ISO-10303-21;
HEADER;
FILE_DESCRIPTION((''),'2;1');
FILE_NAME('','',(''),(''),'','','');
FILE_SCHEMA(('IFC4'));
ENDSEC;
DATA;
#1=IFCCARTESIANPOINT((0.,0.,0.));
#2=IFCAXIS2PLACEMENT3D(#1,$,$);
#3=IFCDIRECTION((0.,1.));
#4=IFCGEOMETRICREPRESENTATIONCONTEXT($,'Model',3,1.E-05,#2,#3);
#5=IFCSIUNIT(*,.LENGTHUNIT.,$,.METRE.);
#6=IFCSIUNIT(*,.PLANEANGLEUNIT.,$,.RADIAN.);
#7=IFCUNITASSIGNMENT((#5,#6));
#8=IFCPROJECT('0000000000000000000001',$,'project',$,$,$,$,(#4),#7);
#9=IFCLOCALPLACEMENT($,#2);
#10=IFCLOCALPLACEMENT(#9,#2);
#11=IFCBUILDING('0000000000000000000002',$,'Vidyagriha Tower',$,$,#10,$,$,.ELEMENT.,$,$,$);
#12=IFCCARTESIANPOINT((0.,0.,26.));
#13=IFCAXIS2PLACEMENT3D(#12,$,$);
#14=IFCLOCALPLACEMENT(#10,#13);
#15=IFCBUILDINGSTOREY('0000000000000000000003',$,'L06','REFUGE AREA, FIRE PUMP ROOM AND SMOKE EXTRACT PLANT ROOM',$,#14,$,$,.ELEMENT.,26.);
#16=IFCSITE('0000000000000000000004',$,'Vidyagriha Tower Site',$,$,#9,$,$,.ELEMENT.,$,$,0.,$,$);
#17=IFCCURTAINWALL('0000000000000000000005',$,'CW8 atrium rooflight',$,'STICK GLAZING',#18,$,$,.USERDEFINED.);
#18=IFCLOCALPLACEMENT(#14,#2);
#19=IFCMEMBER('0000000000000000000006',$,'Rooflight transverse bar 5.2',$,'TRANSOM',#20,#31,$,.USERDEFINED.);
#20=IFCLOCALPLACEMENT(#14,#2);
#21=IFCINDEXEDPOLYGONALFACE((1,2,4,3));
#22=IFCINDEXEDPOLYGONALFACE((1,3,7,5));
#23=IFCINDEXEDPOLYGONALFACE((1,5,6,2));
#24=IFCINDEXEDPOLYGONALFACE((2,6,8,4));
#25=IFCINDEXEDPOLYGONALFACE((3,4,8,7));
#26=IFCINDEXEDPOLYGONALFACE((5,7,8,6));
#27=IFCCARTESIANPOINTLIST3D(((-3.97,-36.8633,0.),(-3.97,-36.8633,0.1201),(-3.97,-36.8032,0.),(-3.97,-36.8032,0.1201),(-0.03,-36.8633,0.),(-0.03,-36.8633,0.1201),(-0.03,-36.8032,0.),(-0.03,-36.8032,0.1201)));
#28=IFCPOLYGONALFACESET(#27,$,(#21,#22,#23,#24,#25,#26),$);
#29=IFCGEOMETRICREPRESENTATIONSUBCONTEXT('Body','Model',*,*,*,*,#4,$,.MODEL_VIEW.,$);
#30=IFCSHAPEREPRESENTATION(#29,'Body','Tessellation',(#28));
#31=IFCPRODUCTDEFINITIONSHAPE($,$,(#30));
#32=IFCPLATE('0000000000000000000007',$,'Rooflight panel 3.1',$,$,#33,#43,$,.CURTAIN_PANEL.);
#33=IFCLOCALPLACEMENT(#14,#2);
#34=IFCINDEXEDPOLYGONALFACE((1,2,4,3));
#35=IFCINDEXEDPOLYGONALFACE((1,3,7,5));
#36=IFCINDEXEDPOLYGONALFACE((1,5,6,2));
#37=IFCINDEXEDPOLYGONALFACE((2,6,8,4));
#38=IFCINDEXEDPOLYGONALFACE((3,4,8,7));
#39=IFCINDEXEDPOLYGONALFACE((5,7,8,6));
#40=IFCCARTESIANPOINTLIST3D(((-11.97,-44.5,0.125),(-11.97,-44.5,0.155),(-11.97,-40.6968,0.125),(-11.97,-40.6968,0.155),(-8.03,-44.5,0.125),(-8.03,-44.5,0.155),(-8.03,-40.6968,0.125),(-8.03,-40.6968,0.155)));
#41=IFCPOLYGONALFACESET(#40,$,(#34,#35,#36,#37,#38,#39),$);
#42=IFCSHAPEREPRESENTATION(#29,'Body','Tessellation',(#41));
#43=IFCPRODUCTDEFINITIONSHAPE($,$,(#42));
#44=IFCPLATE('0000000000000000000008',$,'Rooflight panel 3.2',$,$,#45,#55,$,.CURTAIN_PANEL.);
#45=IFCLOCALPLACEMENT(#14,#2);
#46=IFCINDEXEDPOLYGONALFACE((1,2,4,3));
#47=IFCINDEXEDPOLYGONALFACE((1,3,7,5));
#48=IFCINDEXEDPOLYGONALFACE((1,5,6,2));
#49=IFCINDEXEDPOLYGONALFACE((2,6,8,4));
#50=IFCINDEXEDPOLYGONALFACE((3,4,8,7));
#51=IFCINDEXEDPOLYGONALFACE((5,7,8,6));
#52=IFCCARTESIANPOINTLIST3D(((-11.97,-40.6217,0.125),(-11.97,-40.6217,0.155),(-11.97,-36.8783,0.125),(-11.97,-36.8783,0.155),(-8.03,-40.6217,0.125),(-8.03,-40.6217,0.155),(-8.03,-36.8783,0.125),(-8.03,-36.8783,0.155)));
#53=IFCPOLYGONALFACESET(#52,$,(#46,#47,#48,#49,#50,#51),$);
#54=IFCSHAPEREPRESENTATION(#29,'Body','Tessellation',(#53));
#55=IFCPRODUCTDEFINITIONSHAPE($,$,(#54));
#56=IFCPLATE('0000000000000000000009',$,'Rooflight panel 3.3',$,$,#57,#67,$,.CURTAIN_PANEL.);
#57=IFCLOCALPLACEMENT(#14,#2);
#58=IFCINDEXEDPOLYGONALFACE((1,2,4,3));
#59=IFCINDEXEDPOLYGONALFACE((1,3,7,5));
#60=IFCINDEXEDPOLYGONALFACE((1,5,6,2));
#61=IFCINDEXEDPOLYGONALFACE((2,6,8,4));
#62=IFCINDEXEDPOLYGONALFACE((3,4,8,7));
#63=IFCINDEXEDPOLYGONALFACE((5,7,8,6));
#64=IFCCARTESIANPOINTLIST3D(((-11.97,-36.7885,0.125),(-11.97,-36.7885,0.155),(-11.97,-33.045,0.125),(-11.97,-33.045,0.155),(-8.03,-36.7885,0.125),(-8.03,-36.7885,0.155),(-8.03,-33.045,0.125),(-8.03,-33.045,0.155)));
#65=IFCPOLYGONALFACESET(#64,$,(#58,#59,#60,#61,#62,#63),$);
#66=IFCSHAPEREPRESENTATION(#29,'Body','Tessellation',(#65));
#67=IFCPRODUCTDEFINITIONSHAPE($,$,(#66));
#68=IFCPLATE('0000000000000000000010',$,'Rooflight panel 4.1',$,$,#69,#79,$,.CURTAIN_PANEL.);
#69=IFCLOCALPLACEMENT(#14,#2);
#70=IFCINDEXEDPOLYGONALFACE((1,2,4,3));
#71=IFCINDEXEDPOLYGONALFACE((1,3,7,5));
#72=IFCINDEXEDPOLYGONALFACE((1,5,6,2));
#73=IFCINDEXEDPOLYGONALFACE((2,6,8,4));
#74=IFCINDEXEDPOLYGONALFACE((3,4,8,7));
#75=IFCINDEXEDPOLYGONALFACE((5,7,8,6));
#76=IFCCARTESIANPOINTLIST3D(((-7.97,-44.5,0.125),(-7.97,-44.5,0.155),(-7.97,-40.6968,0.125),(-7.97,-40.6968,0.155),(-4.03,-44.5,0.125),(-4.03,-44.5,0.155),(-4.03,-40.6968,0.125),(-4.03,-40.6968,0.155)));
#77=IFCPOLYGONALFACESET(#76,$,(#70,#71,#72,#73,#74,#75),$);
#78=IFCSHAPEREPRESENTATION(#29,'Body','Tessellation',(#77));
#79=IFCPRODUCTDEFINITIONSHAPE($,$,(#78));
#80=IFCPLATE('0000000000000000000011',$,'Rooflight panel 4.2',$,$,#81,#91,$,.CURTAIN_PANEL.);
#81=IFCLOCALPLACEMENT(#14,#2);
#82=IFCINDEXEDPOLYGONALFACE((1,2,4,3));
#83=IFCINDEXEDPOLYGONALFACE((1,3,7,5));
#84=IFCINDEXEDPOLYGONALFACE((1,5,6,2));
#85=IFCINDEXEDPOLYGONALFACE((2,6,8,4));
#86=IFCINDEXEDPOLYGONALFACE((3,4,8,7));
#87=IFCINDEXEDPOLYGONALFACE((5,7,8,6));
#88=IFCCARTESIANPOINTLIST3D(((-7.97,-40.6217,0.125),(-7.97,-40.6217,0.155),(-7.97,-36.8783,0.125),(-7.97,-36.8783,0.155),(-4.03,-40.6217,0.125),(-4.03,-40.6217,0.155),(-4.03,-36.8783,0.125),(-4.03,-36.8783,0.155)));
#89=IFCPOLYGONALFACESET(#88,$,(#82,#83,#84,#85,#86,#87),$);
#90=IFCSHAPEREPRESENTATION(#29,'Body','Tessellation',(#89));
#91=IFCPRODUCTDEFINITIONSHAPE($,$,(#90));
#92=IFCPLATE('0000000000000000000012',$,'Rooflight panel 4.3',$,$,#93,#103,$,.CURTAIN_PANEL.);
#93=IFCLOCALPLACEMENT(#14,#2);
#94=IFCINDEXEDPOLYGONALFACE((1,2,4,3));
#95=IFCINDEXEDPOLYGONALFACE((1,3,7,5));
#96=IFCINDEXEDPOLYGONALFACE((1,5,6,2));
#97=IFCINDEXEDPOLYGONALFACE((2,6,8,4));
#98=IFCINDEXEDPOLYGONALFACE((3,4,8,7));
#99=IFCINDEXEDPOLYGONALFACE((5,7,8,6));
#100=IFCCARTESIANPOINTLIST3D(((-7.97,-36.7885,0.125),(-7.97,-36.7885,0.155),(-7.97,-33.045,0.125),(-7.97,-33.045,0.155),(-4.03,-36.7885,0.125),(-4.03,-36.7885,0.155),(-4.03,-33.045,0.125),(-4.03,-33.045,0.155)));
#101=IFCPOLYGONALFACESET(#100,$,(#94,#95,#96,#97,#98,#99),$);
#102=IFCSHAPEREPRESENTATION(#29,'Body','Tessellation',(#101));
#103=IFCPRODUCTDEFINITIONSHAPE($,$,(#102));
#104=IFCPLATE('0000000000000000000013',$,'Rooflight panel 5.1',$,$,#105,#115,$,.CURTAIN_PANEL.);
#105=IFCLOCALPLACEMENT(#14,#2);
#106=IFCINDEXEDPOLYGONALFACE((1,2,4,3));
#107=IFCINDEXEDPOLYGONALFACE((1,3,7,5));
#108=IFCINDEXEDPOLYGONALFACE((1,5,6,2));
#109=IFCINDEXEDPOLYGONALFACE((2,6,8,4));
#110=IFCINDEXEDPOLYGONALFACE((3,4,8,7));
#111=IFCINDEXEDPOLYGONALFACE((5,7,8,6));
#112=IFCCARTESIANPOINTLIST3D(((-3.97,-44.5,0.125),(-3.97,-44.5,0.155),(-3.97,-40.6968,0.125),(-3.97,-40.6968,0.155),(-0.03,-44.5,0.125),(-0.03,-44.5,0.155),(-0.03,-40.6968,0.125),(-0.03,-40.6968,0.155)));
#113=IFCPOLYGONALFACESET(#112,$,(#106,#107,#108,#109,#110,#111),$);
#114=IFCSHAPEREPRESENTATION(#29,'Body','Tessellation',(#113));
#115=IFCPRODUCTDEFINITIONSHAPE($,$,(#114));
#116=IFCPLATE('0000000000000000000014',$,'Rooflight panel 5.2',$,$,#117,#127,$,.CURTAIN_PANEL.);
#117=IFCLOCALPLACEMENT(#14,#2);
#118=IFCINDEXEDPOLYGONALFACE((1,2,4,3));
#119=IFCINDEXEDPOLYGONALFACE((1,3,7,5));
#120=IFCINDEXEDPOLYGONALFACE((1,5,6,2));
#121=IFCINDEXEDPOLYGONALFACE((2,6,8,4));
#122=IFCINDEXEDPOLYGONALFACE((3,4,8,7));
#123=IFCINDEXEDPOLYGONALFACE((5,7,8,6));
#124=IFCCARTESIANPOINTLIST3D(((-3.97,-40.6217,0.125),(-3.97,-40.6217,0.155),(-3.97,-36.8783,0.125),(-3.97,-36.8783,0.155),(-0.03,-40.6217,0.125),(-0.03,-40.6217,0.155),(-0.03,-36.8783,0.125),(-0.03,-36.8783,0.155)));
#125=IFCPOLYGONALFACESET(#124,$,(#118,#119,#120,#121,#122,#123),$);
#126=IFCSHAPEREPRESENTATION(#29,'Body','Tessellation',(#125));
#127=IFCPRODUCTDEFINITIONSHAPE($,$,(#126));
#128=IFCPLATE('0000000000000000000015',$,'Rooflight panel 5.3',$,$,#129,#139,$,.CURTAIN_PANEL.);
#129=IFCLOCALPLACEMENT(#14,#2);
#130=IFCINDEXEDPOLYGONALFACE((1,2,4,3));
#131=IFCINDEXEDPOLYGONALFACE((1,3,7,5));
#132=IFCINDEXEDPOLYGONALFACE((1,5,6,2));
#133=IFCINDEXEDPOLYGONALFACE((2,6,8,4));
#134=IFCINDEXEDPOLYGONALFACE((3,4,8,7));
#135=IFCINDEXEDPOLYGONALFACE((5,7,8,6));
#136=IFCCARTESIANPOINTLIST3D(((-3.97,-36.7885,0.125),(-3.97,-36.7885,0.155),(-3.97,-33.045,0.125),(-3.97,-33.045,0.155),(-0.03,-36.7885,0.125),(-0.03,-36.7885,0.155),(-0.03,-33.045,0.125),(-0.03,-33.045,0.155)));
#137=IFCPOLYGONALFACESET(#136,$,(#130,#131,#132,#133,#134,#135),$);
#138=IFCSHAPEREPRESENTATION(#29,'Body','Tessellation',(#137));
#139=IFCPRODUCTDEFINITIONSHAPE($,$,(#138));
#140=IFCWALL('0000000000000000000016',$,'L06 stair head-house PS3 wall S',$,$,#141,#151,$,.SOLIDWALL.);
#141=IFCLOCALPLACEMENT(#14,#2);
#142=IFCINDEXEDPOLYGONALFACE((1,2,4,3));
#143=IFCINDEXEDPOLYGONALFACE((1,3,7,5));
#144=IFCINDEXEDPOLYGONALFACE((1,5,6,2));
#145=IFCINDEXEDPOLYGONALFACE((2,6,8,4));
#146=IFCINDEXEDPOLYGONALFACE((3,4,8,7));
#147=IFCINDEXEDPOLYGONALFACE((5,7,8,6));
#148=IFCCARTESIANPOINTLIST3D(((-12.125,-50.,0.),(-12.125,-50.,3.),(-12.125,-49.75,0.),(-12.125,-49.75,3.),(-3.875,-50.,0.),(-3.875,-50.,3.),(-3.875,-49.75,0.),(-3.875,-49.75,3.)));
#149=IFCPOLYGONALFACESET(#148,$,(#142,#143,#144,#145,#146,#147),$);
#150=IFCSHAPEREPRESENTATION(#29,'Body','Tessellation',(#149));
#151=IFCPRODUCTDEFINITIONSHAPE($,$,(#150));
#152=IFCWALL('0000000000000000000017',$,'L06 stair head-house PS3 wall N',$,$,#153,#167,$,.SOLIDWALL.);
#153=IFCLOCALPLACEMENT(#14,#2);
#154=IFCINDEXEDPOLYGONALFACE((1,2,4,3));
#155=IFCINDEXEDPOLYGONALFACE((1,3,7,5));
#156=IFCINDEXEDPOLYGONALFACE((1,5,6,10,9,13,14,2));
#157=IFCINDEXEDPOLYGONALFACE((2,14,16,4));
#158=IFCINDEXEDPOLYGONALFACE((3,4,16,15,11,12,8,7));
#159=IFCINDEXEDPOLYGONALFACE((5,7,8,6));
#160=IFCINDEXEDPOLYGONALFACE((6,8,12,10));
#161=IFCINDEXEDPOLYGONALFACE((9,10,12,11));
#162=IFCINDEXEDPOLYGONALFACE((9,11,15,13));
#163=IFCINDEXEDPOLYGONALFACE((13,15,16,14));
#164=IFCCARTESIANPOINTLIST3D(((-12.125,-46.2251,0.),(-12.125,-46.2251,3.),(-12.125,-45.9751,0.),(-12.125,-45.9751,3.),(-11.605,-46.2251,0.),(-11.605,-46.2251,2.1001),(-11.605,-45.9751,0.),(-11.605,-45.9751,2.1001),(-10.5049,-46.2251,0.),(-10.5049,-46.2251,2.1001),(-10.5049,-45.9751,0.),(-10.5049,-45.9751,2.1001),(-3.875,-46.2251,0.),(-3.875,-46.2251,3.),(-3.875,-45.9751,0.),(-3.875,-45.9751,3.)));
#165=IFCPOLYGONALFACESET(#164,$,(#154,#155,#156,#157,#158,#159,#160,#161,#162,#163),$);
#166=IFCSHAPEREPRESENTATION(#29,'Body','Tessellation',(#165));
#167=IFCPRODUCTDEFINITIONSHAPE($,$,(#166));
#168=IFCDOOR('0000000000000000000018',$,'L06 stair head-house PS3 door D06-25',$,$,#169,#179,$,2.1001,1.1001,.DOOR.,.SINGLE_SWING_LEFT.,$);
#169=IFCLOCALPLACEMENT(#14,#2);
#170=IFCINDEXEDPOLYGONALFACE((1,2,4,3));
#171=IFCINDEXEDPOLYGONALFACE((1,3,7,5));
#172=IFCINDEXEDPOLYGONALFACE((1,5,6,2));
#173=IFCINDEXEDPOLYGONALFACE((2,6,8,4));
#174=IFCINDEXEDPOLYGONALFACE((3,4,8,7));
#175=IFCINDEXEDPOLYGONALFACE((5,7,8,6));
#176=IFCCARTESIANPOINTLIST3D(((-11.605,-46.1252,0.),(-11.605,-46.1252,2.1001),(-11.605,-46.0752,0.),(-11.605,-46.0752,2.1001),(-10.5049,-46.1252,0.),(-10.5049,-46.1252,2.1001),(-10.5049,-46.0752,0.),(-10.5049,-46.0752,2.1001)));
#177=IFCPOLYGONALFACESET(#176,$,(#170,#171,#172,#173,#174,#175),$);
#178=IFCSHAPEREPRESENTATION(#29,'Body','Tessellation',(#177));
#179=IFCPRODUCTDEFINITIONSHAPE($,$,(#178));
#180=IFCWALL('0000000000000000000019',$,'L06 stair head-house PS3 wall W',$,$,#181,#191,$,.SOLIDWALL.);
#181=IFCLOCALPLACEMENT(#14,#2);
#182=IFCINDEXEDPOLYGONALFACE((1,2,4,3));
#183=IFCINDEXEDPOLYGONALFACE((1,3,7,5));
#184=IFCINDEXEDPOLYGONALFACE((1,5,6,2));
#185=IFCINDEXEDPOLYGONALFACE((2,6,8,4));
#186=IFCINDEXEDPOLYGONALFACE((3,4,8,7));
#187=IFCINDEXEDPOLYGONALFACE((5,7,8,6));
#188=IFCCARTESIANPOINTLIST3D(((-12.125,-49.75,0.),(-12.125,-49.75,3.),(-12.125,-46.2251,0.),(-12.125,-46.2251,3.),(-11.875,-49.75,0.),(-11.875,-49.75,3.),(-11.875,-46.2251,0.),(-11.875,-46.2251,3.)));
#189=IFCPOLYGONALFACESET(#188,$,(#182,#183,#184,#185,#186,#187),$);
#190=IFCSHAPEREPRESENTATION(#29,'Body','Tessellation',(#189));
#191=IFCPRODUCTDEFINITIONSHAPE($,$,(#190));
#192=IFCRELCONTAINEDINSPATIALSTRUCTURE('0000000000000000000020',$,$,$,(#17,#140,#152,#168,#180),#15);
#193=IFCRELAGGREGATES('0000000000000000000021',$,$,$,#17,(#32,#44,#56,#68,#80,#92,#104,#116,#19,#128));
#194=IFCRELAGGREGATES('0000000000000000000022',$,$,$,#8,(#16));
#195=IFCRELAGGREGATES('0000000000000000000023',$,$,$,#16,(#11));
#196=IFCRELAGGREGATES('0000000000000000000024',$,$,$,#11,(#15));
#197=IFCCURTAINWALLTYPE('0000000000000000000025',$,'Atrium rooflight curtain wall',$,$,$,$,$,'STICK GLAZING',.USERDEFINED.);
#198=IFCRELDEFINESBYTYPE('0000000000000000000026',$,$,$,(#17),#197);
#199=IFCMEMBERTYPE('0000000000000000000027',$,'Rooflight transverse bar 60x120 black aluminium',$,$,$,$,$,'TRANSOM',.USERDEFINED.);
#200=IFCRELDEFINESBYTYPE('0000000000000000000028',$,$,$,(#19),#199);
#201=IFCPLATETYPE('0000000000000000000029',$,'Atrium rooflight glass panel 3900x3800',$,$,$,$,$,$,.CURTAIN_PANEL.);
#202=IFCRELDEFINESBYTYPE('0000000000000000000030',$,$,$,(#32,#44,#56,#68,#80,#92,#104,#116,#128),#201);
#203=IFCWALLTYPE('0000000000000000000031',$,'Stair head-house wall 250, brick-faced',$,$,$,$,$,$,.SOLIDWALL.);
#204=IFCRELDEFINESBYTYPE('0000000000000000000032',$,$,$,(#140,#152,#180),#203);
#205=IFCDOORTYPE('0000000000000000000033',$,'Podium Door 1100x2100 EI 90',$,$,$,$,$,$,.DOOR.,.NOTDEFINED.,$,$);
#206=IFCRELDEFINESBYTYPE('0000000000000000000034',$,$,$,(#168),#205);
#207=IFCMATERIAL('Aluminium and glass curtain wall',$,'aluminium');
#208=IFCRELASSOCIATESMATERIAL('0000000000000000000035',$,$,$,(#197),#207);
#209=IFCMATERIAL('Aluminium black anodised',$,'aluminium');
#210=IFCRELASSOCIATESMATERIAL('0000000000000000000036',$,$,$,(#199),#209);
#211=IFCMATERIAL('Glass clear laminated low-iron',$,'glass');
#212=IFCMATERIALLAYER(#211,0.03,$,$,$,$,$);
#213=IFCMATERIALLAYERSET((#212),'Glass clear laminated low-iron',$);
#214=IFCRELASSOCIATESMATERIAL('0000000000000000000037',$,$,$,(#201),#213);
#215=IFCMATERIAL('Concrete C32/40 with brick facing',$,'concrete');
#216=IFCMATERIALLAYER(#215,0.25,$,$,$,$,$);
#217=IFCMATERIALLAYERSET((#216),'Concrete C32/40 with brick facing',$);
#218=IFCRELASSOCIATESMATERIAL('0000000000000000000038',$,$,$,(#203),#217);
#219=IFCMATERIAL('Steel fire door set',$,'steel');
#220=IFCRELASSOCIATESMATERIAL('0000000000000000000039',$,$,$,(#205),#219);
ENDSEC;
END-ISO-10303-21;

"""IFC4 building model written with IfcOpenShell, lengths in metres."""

from ifc_helpers import new_model, si_unit, direction, frame, frame_2d, origin, origin_2d, place, context, subcontext, project, spatial, rectangle, extrude, material, layer, layer_set, material_profile, profile_set, type_object, element, fill, aggregate, save


model = new_model("IFC4")

# Units and contexts
model_context = context("Model", 3, precision=1e-05, world=origin(), true_north=direction((0.0, 1.0)))
body_context = subcontext(model_context, "Body", "Model", "MODEL_VIEW")
ifc_project = project(units=[si_unit("LENGTHUNIT", "METRE"), si_unit("PLANEANGLEUNIT", "RADIAN")], contexts=[model_context])

# Site, building, storey
site_placement = place(None, origin())
site = spatial("IfcSite", under=ifc_project, at=site_placement, Name="Vidyagriha Tower Site", CompositionType="ELEMENT", RefElevation=0.0)
building_placement = place(site_placement, origin())
building = spatial("IfcBuilding", under=site, at=building_placement, Name="Vidyagriha Tower", CompositionType="ELEMENT")
storey_placement = place(building_placement, frame((0.0, 0.0, 26.0)))
storey = spatial("IfcBuildingStorey", under=building, at=storey_placement, Name="L06", Description="REFUGE AREA, FIRE PUMP ROOM AND SMOKE EXTRACT PLANT ROOM", CompositionType="ELEMENT", Elevation=26.0)

# Curtain wall, member, plates
ifc_material_1 = material(Name="Aluminium and glass curtain wall", Category="aluminium")
curtain_wall_type = type_object("IfcCurtainWallType", Name="Atrium rooflight curtain wall", ElementType="STICK GLAZING", PredefinedType="USERDEFINED", material=ifc_material_1)
curtain_wall_placement = place(storey_placement, origin())
curtain_wall = element("IfcCurtainWall", 1, at=curtain_wall_placement, inside=storey, type_object=curtain_wall_type, Name="CW8 atrium rooflight", ObjectType="STICK GLAZING", PredefinedType="USERDEFINED")
ifc_material_2 = material(Name="Aluminium black anodised", Category="aluminium")
ifc_material_profile_1 = material_profile(ifc_material_2, rectangle(XDim=0.0601, YDim=0.1201, at=origin_2d()), Name="Rooflight transverse bar 60x120 black aluminium")
ifc_profile_set_1 = profile_set([ifc_material_profile_1], Name="Aluminium black anodised")
member_type_1 = type_object("IfcMemberType", Name="Rooflight transverse bar 60x120 black aluminium", ElementType="TRANSOM", PredefinedType="USERDEFINED", material=ifc_profile_set_1)
member_1_placement = place(storey_placement, frame((-3.97, -36.8333, 0.0601), z_axis=(1.0, 0.0, 0.0), x_axis=(0.0, 1.0, 0.0)))
member_1 = element("IfcMember", 2, at=member_1_placement, type_object=member_type_1, Name="Rooflight transverse bar 5.2", ObjectType="TRANSOM", PredefinedType="USERDEFINED", context=body_context, shape_type="SweptSolid", body=[
    extrude(rectangle(XDim=0.0601, YDim=0.1201, at=origin_2d()), origin(), (0.0, 0.0, 1.0), 3.9399),
])
ifc_material_3 = material(Name="Glass clear laminated low-iron", Category="glass")
ifc_layer_1 = layer(ifc_material_3, 0.03)
ifc_layer_set_1 = layer_set([ifc_layer_1], Name="Glass clear laminated low-iron")
plate_type = type_object("IfcPlateType", Name="Atrium rooflight glass panel 3900x3800", PredefinedType="CURTAIN_PANEL", material=ifc_layer_set_1)
plate_1_placement = place(storey_placement, frame((-10.0, -42.5984, 0.125)))
plate_1 = element("IfcPlate", 3, at=plate_1_placement, type_object=plate_type, Name="Rooflight panel 3.1", PredefinedType="CURTAIN_PANEL", context=body_context, shape_type="SweptSolid", body=[
    extrude(rectangle(XDim=3.9399, YDim=3.8032, at=origin_2d()), origin(), (0.0, 0.0, 1.0), 0.03),
])
plate_2_placement = place(storey_placement, frame((-10.0, -38.75, 0.125)))
plate_2 = element("IfcPlate", 4, at=plate_2_placement, type_object=plate_type, Name="Rooflight panel 3.2", PredefinedType="CURTAIN_PANEL", context=body_context, shape_type="SweptSolid", body=[
    extrude(rectangle(XDim=3.9399, YDim=3.7434, at=origin_2d()), origin(), (0.0, 0.0, 1.0), 0.03),
])
plate_3_placement = place(storey_placement, frame((-10.0, -34.9167, 0.125)))
plate_3 = element("IfcPlate", 5, at=plate_3_placement, type_object=plate_type, Name="Rooflight panel 3.3", PredefinedType="CURTAIN_PANEL", context=body_context, shape_type="SweptSolid", body=[
    extrude(rectangle(XDim=3.9399, YDim=3.7434, at=origin_2d()), origin(), (0.0, 0.0, 1.0), 0.03),
])
plate_4_placement = place(storey_placement, frame((-6.0, -42.5984, 0.125)))
plate_4 = element("IfcPlate", 6, at=plate_4_placement, type_object=plate_type, Name="Rooflight panel 4.1", PredefinedType="CURTAIN_PANEL", context=body_context, shape_type="SweptSolid", body=[
    extrude(rectangle(XDim=3.9399, YDim=3.8032, at=origin_2d()), origin(), (0.0, 0.0, 1.0), 0.03),
])
plate_5_placement = place(storey_placement, frame((-6.0, -38.75, 0.125)))
plate_5 = element("IfcPlate", 7, at=plate_5_placement, type_object=plate_type, Name="Rooflight panel 4.2", PredefinedType="CURTAIN_PANEL", context=body_context, shape_type="SweptSolid", body=[
    extrude(rectangle(XDim=3.9399, YDim=3.7434, at=origin_2d()), origin(), (0.0, 0.0, 1.0), 0.03),
])
plate_6_placement = place(storey_placement, frame((-6.0, -34.9167, 0.125)))
plate_6 = element("IfcPlate", 8, at=plate_6_placement, type_object=plate_type, Name="Rooflight panel 4.3", PredefinedType="CURTAIN_PANEL", context=body_context, shape_type="SweptSolid", body=[
    extrude(rectangle(XDim=3.9399, YDim=3.7434, at=origin_2d()), origin(), (0.0, 0.0, 1.0), 0.03),
])
plate_7_placement = place(storey_placement, frame((-2.0, -42.5984, 0.125)))
plate_7 = element("IfcPlate", 9, at=plate_7_placement, type_object=plate_type, Name="Rooflight panel 5.1", PredefinedType="CURTAIN_PANEL", context=body_context, shape_type="SweptSolid", body=[
    extrude(rectangle(XDim=3.9399, YDim=3.8032, at=origin_2d()), origin(), (0.0, 0.0, 1.0), 0.03),
])
plate_8_placement = place(storey_placement, frame((-2.0, -38.75, 0.125)))
plate_8 = element("IfcPlate", 10, at=plate_8_placement, type_object=plate_type, Name="Rooflight panel 5.2", PredefinedType="CURTAIN_PANEL", context=body_context, shape_type="SweptSolid", body=[
    extrude(rectangle(XDim=3.9399, YDim=3.7434, at=origin_2d()), origin(), (0.0, 0.0, 1.0), 0.03),
])
plate_9_placement = place(storey_placement, frame((-2.0, -34.9167, 0.125)))
plate_9 = element("IfcPlate", 11, at=plate_9_placement, type_object=plate_type, Name="Rooflight panel 5.3", PredefinedType="CURTAIN_PANEL", context=body_context, shape_type="SweptSolid", body=[
    extrude(rectangle(XDim=3.9399, YDim=3.7434, at=origin_2d()), origin(), (0.0, 0.0, 1.0), 0.03),
])
aggregate(curtain_wall, [plate_1, plate_2, plate_3, plate_4, plate_5, plate_6, plate_7, plate_8, member_1, plate_9])

# Wall
ifc_material_4 = material(Name="Concrete C32/40 with brick facing", Category="concrete")
ifc_layer_2 = layer(ifc_material_4, 0.25)
ifc_layer_set_2 = layer_set([ifc_layer_2], Name="Concrete C32/40 with brick facing")
wall_type = type_object("IfcWallType", Name="Stair head-house wall 250, brick-faced", PredefinedType="SOLIDWALL", material=ifc_layer_set_2)
wall_1_placement = place(storey_placement, frame((-12.125, -49.875, 0.0)))
element("IfcWall", 12, at=wall_1_placement, inside=storey, type_object=wall_type, Name="L06 stair head-house PS3 wall S", PredefinedType="SOLIDWALL", context=body_context, shape_type="SweptSolid", body=[
    extrude(rectangle(XDim=8.25, YDim=0.25, at=frame_2d((4.125, 0.0))), origin(), (0.0, 0.0, 1.0), 3.0),
])

# Wall, opening, door
wall_2_placement = place(storey_placement, frame((-12.125, -46.1001, 0.0)))
wall_2 = element("IfcWall", 13, at=wall_2_placement, inside=storey, type_object=wall_type, Name="L06 stair head-house PS3 wall N", PredefinedType="SOLIDWALL", context=body_context, shape_type="SweptSolid", body=[
    extrude(rectangle(XDim=8.25, YDim=0.25, at=frame_2d((4.125, 0.0))), origin(), (0.0, 0.0, 1.0), 3.0),
])
opening_placement = place(wall_2_placement, frame((0.52, 0.0, 0.0)))
opening = element("IfcOpeningElement", 14, at=opening_placement, cuts=wall_2, PredefinedType="OPENING", context=body_context, shape_type="SweptSolid", body=[
    extrude(rectangle(XDim=1.1001, YDim=2.1001, at=frame_2d((0.55, 1.05))), frame((0.0, 0.135, 0.0), z_axis=(0.0, -1.0, 0.0), x_axis=(1.0, 0.0, 0.0)), (0.0, 0.0, 1.0), 0.27),
])
ifc_material_5 = material(Name="Steel fire door set", Category="steel")
door_type = type_object("IfcDoorType", Name="Podium Door 1100x2100 EI 90", OperationType="NOTDEFINED", PredefinedType="DOOR", material=ifc_material_5)
door_placement = place(opening_placement, origin())
door = element("IfcDoor", 15, at=door_placement, inside=storey, type_object=door_type, Name="L06 stair head-house PS3 door D06-25", OperationType="SINGLE_SWING_LEFT", OverallHeight=2.1001, OverallWidth=1.1001, PredefinedType="DOOR", context=body_context, shape_type="SweptSolid", body=[
    extrude(rectangle(XDim=1.1001, YDim=2.1001, at=frame_2d((0.55, 1.05))), frame((0.0, 0.0249, 0.0), z_axis=(0.0, -1.0, 0.0), x_axis=(1.0, 0.0, 0.0)), (0.0, 0.0, 1.0), 0.05),
])
fill(opening, door)

# Wall
for number, where, z_axis, x_axis, name in (
    (16, (-12.0, -49.75, 0.0), (0.0, 0.0, 1.0), (0.0, 1.0, 0.0), "L06 stair head-house PS3 wall W"),
):
    element("IfcWall", number, at=place(storey_placement, frame(where, z_axis=z_axis, x_axis=x_axis)), inside=storey, type_object=wall_type, Name=name, PredefinedType="SOLIDWALL", context=body_context, shape_type="SweptSolid", body=[
        extrude(rectangle(XDim=3.5249, YDim=0.25, at=frame_2d((1.7625, 0.0))), origin(), (0.0, 0.0, 1.0), 3.0),
    ])

save(model, "model.ifc")
